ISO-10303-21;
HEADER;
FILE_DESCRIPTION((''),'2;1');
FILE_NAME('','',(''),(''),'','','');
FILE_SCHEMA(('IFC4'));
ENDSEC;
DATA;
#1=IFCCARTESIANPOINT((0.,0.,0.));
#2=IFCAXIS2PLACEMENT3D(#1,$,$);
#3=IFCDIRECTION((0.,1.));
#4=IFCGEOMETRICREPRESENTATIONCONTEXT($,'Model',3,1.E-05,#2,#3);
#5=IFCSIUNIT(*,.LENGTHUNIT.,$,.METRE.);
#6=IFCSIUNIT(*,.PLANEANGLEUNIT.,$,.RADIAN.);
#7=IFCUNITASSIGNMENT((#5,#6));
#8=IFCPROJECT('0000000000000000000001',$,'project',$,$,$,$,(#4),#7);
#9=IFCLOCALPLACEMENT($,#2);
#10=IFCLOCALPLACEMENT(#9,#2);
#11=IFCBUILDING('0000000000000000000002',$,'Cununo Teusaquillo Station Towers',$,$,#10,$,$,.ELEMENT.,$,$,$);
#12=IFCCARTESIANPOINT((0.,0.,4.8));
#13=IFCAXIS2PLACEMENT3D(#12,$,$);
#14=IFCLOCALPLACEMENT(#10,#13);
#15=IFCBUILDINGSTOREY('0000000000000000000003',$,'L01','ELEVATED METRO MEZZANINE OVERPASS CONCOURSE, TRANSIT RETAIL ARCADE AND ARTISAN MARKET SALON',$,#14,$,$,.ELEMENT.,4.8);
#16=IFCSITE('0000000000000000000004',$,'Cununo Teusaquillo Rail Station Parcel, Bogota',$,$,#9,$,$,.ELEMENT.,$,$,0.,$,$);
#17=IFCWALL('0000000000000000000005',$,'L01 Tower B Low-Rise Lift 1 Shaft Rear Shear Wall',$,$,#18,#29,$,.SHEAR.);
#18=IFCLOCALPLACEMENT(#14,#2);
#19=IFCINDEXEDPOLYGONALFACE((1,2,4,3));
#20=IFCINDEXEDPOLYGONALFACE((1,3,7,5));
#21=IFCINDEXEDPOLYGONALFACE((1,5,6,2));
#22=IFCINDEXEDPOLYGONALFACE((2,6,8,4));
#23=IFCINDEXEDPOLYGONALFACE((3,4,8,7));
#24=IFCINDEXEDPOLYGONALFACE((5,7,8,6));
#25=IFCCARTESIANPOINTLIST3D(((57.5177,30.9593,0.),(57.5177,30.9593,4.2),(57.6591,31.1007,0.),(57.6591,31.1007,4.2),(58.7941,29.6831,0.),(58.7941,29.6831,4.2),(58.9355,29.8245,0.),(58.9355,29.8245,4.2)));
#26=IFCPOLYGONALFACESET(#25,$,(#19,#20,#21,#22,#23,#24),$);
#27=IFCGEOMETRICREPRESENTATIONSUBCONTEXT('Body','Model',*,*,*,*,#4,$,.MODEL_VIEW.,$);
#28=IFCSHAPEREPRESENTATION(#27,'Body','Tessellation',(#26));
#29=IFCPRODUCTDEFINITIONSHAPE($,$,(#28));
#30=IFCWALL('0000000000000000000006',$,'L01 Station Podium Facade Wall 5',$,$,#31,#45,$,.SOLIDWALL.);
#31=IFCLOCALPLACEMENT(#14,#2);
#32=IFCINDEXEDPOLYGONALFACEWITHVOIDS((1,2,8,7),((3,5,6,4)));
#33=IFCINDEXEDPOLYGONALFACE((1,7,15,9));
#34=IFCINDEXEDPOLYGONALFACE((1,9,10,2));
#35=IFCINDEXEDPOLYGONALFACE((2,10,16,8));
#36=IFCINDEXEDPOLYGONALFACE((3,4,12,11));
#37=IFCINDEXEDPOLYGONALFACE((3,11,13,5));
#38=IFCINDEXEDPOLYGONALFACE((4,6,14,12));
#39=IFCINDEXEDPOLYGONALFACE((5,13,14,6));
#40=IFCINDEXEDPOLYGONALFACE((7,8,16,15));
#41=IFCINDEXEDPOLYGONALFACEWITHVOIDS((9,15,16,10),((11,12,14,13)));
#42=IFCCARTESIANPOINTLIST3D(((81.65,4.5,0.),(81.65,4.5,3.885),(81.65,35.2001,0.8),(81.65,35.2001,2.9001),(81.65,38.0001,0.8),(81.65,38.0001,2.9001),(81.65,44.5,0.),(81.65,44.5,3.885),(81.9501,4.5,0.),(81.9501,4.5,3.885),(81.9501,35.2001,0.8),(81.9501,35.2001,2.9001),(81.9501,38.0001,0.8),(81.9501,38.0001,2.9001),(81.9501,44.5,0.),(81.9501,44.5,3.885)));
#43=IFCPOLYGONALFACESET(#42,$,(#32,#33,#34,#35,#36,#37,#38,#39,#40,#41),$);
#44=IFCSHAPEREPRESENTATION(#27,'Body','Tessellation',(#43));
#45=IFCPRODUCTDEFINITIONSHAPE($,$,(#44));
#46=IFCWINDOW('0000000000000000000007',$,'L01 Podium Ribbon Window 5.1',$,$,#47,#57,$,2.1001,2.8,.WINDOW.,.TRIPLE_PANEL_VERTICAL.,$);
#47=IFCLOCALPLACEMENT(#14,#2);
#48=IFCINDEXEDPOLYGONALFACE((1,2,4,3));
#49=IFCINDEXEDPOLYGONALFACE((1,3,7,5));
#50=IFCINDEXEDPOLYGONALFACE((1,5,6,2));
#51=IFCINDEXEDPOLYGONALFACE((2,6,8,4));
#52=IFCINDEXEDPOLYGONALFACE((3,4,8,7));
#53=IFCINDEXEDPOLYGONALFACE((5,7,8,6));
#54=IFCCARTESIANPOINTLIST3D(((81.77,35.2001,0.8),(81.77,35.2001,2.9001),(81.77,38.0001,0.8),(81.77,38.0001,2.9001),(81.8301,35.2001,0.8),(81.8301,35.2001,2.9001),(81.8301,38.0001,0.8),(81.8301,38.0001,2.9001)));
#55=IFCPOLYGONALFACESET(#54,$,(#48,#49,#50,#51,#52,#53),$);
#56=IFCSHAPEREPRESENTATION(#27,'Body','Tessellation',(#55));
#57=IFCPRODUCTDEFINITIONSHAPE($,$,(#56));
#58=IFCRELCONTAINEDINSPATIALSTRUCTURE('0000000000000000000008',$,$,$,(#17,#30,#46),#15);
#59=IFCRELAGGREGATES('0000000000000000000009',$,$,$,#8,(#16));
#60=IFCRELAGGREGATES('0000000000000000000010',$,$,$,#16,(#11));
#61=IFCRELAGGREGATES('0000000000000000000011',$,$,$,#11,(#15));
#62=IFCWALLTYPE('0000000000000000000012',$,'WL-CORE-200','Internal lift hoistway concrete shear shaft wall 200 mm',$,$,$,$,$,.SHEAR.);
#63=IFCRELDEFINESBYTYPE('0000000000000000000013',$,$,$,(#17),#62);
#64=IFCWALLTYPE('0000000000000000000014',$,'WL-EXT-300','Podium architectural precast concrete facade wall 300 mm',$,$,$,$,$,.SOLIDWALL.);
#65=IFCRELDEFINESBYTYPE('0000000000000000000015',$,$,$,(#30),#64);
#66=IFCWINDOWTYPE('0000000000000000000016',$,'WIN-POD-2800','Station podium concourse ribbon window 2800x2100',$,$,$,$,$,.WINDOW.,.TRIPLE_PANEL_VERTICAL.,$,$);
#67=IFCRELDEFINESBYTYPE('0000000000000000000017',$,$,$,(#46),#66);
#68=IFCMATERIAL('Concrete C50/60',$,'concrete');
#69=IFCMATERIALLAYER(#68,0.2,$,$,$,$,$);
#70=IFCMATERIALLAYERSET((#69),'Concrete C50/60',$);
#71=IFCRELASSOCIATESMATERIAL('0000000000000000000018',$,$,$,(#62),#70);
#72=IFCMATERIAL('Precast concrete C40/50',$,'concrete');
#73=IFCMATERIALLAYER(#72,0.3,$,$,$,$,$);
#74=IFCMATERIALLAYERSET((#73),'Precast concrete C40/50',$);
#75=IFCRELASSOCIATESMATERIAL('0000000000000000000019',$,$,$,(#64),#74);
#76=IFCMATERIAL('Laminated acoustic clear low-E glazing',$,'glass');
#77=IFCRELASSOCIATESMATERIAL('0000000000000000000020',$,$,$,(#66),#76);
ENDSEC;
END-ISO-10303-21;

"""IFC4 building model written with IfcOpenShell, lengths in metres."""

from ifc_helpers import new_model, si_unit, direction, frame, frame_2d, origin, place, context, subcontext, project, spatial, rectangle, extrude, source, transform, mapped, material, layer, layer_set, type_object, element, fill, save


model = new_model("IFC4")

# Units and contexts
model_context = context("Model", 3, precision=1e-05, world=origin(), true_north=direction((0.0, 1.0)))
body_context = subcontext(model_context, "Body", "Model", "MODEL_VIEW")
ifc_project = project(units=[si_unit("LENGTHUNIT", "METRE"), si_unit("PLANEANGLEUNIT", "RADIAN")], contexts=[model_context])

# Site, building, storey
site_placement = place(None, origin())
site = spatial("IfcSite", under=ifc_project, at=site_placement, Name="Cununo Teusaquillo Rail Station Parcel, Bogota", CompositionType="ELEMENT", RefElevation=0.0)
building_placement = place(site_placement, origin())
building = spatial("IfcBuilding", under=site, at=building_placement, Name="Cununo Teusaquillo Station Towers", CompositionType="ELEMENT")
storey_placement = place(building_placement, frame((0.0, 0.0, 4.8)))
storey = spatial("IfcBuildingStorey", under=building, at=storey_placement, Name="L01", Description="ELEVATED METRO MEZZANINE OVERPASS CONCOURSE, TRANSIT RETAIL ARCADE AND ARTISAN MARKET SALON", CompositionType="ELEMENT", Elevation=4.8)

# Wall
ifc_material_1 = material(Name="Concrete C50/60", Category="concrete")
ifc_layer_1 = layer(ifc_material_1, 0.2)
ifc_layer_set_1 = layer_set([ifc_layer_1], Name="Concrete C50/60")
wall_type_1 = type_object("IfcWallType", Name="WL-CORE-200", Description="Internal lift hoistway concrete shear shaft wall 200 mm", PredefinedType="SHEAR", material=ifc_layer_set_1)
wall_1_placement = place(storey_placement, frame((58.8647, 29.7539, 0.0), z_axis=(0.0, 0.0, 1.0), x_axis=(-0.707174, 0.707039, 0.0)))
element("IfcWall", 1, at=wall_1_placement, inside=storey, type_object=wall_type_1, Name="L01 Tower B Low-Rise Lift 1 Shaft Rear Shear Wall", PredefinedType="SHEAR", context=body_context, shape_type="SweptSolid", body=[
    extrude(rectangle(XDim=1.8049, YDim=0.2, at=frame_2d((0.9023, 0.0))), origin(), (0.0, 0.0, 1.0), 4.2),
])

# Wall, opening, window
ifc_material_2 = material(Name="Precast concrete C40/50", Category="concrete")
ifc_layer_2 = layer(ifc_material_2, 0.3)
ifc_layer_set_2 = layer_set([ifc_layer_2], Name="Precast concrete C40/50")
wall_type_2 = type_object("IfcWallType", Name="WL-EXT-300", Description="Podium architectural precast concrete facade wall 300 mm", PredefinedType="SOLIDWALL", material=ifc_layer_set_2)
wall_2_placement = place(storey_placement, frame((81.8, 44.5, 0.0), z_axis=(0.0, 0.0, 1.0), x_axis=(0.0, -1.0, 0.0)))
wall_2 = element("IfcWall", 2, at=wall_2_placement, inside=storey, type_object=wall_type_2, Name="L01 Station Podium Facade Wall 5", PredefinedType="SOLIDWALL", context=body_context, shape_type="SweptSolid", body=[
    extrude(rectangle(XDim=40.0, YDim=0.3, at=frame_2d((20.0, 0.0))), origin(), (0.0, 0.0, 1.0), 3.885),
])
shared_shape_1 = source(origin(), body_context, "Body", "SweptSolid", [
    extrude(rectangle(XDim=2.8, YDim=2.1001, at=frame_2d((1.3999, 1.05))), frame((0.0, 0.1599, 0.0), z_axis=(0.0, -1.0, 0.0), x_axis=(1.0, 0.0, 0.0)), (0.0, 0.0, 1.0), 0.3201),
])
opening_placement = place(wall_2_placement, frame((6.5, 0.0, 0.8)))
opening = element("IfcOpeningElement", 3, at=opening_placement, cuts=wall_2, PredefinedType="OPENING", context=body_context, shape_type="MappedRepresentation", body=[
    mapped(shared_shape_1, transform((0.0, 0.0, 0.0), x_axis=(1.0, 0.0, 0.0), y_axis=(0.0, 1.0, 0.0), z_axis=(0.0, 0.0, 1.0), scale=1.0)),
])
ifc_material_3 = material(Name="Laminated acoustic clear low-E glazing", Category="glass")
window_type = type_object("IfcWindowType", Name="WIN-POD-2800", Description="Station podium concourse ribbon window 2800x2100", PartitioningType="TRIPLE_PANEL_VERTICAL", PredefinedType="WINDOW", material=ifc_material_3)
shared_shape_2 = source(origin(), body_context, "Body", "SweptSolid", [
    extrude(rectangle(XDim=2.8, YDim=2.1001, at=frame_2d((1.3999, 1.05))), frame((0.0, 0.03, 0.0), z_axis=(0.0, -1.0, 0.0), x_axis=(1.0, 0.0, 0.0)), (0.0, 0.0, 1.0), 0.0601),
])
window_placement = place(opening_placement, origin())
window = element("IfcWindow", 4, at=window_placement, inside=storey, type_object=window_type, Name="L01 Podium Ribbon Window 5.1", OverallHeight=2.1001, OverallWidth=2.8, PartitioningType="TRIPLE_PANEL_VERTICAL", PredefinedType="WINDOW", context=body_context, shape_type="MappedRepresentation", body=[
    mapped(shared_shape_2, transform((0.0, 0.0, 0.0), x_axis=(1.0, 0.0, 0.0), y_axis=(0.0, 1.0, 0.0), z_axis=(0.0, 0.0, 1.0), scale=1.0)),
])
fill(opening, window)

save(model, "model.ifc")
